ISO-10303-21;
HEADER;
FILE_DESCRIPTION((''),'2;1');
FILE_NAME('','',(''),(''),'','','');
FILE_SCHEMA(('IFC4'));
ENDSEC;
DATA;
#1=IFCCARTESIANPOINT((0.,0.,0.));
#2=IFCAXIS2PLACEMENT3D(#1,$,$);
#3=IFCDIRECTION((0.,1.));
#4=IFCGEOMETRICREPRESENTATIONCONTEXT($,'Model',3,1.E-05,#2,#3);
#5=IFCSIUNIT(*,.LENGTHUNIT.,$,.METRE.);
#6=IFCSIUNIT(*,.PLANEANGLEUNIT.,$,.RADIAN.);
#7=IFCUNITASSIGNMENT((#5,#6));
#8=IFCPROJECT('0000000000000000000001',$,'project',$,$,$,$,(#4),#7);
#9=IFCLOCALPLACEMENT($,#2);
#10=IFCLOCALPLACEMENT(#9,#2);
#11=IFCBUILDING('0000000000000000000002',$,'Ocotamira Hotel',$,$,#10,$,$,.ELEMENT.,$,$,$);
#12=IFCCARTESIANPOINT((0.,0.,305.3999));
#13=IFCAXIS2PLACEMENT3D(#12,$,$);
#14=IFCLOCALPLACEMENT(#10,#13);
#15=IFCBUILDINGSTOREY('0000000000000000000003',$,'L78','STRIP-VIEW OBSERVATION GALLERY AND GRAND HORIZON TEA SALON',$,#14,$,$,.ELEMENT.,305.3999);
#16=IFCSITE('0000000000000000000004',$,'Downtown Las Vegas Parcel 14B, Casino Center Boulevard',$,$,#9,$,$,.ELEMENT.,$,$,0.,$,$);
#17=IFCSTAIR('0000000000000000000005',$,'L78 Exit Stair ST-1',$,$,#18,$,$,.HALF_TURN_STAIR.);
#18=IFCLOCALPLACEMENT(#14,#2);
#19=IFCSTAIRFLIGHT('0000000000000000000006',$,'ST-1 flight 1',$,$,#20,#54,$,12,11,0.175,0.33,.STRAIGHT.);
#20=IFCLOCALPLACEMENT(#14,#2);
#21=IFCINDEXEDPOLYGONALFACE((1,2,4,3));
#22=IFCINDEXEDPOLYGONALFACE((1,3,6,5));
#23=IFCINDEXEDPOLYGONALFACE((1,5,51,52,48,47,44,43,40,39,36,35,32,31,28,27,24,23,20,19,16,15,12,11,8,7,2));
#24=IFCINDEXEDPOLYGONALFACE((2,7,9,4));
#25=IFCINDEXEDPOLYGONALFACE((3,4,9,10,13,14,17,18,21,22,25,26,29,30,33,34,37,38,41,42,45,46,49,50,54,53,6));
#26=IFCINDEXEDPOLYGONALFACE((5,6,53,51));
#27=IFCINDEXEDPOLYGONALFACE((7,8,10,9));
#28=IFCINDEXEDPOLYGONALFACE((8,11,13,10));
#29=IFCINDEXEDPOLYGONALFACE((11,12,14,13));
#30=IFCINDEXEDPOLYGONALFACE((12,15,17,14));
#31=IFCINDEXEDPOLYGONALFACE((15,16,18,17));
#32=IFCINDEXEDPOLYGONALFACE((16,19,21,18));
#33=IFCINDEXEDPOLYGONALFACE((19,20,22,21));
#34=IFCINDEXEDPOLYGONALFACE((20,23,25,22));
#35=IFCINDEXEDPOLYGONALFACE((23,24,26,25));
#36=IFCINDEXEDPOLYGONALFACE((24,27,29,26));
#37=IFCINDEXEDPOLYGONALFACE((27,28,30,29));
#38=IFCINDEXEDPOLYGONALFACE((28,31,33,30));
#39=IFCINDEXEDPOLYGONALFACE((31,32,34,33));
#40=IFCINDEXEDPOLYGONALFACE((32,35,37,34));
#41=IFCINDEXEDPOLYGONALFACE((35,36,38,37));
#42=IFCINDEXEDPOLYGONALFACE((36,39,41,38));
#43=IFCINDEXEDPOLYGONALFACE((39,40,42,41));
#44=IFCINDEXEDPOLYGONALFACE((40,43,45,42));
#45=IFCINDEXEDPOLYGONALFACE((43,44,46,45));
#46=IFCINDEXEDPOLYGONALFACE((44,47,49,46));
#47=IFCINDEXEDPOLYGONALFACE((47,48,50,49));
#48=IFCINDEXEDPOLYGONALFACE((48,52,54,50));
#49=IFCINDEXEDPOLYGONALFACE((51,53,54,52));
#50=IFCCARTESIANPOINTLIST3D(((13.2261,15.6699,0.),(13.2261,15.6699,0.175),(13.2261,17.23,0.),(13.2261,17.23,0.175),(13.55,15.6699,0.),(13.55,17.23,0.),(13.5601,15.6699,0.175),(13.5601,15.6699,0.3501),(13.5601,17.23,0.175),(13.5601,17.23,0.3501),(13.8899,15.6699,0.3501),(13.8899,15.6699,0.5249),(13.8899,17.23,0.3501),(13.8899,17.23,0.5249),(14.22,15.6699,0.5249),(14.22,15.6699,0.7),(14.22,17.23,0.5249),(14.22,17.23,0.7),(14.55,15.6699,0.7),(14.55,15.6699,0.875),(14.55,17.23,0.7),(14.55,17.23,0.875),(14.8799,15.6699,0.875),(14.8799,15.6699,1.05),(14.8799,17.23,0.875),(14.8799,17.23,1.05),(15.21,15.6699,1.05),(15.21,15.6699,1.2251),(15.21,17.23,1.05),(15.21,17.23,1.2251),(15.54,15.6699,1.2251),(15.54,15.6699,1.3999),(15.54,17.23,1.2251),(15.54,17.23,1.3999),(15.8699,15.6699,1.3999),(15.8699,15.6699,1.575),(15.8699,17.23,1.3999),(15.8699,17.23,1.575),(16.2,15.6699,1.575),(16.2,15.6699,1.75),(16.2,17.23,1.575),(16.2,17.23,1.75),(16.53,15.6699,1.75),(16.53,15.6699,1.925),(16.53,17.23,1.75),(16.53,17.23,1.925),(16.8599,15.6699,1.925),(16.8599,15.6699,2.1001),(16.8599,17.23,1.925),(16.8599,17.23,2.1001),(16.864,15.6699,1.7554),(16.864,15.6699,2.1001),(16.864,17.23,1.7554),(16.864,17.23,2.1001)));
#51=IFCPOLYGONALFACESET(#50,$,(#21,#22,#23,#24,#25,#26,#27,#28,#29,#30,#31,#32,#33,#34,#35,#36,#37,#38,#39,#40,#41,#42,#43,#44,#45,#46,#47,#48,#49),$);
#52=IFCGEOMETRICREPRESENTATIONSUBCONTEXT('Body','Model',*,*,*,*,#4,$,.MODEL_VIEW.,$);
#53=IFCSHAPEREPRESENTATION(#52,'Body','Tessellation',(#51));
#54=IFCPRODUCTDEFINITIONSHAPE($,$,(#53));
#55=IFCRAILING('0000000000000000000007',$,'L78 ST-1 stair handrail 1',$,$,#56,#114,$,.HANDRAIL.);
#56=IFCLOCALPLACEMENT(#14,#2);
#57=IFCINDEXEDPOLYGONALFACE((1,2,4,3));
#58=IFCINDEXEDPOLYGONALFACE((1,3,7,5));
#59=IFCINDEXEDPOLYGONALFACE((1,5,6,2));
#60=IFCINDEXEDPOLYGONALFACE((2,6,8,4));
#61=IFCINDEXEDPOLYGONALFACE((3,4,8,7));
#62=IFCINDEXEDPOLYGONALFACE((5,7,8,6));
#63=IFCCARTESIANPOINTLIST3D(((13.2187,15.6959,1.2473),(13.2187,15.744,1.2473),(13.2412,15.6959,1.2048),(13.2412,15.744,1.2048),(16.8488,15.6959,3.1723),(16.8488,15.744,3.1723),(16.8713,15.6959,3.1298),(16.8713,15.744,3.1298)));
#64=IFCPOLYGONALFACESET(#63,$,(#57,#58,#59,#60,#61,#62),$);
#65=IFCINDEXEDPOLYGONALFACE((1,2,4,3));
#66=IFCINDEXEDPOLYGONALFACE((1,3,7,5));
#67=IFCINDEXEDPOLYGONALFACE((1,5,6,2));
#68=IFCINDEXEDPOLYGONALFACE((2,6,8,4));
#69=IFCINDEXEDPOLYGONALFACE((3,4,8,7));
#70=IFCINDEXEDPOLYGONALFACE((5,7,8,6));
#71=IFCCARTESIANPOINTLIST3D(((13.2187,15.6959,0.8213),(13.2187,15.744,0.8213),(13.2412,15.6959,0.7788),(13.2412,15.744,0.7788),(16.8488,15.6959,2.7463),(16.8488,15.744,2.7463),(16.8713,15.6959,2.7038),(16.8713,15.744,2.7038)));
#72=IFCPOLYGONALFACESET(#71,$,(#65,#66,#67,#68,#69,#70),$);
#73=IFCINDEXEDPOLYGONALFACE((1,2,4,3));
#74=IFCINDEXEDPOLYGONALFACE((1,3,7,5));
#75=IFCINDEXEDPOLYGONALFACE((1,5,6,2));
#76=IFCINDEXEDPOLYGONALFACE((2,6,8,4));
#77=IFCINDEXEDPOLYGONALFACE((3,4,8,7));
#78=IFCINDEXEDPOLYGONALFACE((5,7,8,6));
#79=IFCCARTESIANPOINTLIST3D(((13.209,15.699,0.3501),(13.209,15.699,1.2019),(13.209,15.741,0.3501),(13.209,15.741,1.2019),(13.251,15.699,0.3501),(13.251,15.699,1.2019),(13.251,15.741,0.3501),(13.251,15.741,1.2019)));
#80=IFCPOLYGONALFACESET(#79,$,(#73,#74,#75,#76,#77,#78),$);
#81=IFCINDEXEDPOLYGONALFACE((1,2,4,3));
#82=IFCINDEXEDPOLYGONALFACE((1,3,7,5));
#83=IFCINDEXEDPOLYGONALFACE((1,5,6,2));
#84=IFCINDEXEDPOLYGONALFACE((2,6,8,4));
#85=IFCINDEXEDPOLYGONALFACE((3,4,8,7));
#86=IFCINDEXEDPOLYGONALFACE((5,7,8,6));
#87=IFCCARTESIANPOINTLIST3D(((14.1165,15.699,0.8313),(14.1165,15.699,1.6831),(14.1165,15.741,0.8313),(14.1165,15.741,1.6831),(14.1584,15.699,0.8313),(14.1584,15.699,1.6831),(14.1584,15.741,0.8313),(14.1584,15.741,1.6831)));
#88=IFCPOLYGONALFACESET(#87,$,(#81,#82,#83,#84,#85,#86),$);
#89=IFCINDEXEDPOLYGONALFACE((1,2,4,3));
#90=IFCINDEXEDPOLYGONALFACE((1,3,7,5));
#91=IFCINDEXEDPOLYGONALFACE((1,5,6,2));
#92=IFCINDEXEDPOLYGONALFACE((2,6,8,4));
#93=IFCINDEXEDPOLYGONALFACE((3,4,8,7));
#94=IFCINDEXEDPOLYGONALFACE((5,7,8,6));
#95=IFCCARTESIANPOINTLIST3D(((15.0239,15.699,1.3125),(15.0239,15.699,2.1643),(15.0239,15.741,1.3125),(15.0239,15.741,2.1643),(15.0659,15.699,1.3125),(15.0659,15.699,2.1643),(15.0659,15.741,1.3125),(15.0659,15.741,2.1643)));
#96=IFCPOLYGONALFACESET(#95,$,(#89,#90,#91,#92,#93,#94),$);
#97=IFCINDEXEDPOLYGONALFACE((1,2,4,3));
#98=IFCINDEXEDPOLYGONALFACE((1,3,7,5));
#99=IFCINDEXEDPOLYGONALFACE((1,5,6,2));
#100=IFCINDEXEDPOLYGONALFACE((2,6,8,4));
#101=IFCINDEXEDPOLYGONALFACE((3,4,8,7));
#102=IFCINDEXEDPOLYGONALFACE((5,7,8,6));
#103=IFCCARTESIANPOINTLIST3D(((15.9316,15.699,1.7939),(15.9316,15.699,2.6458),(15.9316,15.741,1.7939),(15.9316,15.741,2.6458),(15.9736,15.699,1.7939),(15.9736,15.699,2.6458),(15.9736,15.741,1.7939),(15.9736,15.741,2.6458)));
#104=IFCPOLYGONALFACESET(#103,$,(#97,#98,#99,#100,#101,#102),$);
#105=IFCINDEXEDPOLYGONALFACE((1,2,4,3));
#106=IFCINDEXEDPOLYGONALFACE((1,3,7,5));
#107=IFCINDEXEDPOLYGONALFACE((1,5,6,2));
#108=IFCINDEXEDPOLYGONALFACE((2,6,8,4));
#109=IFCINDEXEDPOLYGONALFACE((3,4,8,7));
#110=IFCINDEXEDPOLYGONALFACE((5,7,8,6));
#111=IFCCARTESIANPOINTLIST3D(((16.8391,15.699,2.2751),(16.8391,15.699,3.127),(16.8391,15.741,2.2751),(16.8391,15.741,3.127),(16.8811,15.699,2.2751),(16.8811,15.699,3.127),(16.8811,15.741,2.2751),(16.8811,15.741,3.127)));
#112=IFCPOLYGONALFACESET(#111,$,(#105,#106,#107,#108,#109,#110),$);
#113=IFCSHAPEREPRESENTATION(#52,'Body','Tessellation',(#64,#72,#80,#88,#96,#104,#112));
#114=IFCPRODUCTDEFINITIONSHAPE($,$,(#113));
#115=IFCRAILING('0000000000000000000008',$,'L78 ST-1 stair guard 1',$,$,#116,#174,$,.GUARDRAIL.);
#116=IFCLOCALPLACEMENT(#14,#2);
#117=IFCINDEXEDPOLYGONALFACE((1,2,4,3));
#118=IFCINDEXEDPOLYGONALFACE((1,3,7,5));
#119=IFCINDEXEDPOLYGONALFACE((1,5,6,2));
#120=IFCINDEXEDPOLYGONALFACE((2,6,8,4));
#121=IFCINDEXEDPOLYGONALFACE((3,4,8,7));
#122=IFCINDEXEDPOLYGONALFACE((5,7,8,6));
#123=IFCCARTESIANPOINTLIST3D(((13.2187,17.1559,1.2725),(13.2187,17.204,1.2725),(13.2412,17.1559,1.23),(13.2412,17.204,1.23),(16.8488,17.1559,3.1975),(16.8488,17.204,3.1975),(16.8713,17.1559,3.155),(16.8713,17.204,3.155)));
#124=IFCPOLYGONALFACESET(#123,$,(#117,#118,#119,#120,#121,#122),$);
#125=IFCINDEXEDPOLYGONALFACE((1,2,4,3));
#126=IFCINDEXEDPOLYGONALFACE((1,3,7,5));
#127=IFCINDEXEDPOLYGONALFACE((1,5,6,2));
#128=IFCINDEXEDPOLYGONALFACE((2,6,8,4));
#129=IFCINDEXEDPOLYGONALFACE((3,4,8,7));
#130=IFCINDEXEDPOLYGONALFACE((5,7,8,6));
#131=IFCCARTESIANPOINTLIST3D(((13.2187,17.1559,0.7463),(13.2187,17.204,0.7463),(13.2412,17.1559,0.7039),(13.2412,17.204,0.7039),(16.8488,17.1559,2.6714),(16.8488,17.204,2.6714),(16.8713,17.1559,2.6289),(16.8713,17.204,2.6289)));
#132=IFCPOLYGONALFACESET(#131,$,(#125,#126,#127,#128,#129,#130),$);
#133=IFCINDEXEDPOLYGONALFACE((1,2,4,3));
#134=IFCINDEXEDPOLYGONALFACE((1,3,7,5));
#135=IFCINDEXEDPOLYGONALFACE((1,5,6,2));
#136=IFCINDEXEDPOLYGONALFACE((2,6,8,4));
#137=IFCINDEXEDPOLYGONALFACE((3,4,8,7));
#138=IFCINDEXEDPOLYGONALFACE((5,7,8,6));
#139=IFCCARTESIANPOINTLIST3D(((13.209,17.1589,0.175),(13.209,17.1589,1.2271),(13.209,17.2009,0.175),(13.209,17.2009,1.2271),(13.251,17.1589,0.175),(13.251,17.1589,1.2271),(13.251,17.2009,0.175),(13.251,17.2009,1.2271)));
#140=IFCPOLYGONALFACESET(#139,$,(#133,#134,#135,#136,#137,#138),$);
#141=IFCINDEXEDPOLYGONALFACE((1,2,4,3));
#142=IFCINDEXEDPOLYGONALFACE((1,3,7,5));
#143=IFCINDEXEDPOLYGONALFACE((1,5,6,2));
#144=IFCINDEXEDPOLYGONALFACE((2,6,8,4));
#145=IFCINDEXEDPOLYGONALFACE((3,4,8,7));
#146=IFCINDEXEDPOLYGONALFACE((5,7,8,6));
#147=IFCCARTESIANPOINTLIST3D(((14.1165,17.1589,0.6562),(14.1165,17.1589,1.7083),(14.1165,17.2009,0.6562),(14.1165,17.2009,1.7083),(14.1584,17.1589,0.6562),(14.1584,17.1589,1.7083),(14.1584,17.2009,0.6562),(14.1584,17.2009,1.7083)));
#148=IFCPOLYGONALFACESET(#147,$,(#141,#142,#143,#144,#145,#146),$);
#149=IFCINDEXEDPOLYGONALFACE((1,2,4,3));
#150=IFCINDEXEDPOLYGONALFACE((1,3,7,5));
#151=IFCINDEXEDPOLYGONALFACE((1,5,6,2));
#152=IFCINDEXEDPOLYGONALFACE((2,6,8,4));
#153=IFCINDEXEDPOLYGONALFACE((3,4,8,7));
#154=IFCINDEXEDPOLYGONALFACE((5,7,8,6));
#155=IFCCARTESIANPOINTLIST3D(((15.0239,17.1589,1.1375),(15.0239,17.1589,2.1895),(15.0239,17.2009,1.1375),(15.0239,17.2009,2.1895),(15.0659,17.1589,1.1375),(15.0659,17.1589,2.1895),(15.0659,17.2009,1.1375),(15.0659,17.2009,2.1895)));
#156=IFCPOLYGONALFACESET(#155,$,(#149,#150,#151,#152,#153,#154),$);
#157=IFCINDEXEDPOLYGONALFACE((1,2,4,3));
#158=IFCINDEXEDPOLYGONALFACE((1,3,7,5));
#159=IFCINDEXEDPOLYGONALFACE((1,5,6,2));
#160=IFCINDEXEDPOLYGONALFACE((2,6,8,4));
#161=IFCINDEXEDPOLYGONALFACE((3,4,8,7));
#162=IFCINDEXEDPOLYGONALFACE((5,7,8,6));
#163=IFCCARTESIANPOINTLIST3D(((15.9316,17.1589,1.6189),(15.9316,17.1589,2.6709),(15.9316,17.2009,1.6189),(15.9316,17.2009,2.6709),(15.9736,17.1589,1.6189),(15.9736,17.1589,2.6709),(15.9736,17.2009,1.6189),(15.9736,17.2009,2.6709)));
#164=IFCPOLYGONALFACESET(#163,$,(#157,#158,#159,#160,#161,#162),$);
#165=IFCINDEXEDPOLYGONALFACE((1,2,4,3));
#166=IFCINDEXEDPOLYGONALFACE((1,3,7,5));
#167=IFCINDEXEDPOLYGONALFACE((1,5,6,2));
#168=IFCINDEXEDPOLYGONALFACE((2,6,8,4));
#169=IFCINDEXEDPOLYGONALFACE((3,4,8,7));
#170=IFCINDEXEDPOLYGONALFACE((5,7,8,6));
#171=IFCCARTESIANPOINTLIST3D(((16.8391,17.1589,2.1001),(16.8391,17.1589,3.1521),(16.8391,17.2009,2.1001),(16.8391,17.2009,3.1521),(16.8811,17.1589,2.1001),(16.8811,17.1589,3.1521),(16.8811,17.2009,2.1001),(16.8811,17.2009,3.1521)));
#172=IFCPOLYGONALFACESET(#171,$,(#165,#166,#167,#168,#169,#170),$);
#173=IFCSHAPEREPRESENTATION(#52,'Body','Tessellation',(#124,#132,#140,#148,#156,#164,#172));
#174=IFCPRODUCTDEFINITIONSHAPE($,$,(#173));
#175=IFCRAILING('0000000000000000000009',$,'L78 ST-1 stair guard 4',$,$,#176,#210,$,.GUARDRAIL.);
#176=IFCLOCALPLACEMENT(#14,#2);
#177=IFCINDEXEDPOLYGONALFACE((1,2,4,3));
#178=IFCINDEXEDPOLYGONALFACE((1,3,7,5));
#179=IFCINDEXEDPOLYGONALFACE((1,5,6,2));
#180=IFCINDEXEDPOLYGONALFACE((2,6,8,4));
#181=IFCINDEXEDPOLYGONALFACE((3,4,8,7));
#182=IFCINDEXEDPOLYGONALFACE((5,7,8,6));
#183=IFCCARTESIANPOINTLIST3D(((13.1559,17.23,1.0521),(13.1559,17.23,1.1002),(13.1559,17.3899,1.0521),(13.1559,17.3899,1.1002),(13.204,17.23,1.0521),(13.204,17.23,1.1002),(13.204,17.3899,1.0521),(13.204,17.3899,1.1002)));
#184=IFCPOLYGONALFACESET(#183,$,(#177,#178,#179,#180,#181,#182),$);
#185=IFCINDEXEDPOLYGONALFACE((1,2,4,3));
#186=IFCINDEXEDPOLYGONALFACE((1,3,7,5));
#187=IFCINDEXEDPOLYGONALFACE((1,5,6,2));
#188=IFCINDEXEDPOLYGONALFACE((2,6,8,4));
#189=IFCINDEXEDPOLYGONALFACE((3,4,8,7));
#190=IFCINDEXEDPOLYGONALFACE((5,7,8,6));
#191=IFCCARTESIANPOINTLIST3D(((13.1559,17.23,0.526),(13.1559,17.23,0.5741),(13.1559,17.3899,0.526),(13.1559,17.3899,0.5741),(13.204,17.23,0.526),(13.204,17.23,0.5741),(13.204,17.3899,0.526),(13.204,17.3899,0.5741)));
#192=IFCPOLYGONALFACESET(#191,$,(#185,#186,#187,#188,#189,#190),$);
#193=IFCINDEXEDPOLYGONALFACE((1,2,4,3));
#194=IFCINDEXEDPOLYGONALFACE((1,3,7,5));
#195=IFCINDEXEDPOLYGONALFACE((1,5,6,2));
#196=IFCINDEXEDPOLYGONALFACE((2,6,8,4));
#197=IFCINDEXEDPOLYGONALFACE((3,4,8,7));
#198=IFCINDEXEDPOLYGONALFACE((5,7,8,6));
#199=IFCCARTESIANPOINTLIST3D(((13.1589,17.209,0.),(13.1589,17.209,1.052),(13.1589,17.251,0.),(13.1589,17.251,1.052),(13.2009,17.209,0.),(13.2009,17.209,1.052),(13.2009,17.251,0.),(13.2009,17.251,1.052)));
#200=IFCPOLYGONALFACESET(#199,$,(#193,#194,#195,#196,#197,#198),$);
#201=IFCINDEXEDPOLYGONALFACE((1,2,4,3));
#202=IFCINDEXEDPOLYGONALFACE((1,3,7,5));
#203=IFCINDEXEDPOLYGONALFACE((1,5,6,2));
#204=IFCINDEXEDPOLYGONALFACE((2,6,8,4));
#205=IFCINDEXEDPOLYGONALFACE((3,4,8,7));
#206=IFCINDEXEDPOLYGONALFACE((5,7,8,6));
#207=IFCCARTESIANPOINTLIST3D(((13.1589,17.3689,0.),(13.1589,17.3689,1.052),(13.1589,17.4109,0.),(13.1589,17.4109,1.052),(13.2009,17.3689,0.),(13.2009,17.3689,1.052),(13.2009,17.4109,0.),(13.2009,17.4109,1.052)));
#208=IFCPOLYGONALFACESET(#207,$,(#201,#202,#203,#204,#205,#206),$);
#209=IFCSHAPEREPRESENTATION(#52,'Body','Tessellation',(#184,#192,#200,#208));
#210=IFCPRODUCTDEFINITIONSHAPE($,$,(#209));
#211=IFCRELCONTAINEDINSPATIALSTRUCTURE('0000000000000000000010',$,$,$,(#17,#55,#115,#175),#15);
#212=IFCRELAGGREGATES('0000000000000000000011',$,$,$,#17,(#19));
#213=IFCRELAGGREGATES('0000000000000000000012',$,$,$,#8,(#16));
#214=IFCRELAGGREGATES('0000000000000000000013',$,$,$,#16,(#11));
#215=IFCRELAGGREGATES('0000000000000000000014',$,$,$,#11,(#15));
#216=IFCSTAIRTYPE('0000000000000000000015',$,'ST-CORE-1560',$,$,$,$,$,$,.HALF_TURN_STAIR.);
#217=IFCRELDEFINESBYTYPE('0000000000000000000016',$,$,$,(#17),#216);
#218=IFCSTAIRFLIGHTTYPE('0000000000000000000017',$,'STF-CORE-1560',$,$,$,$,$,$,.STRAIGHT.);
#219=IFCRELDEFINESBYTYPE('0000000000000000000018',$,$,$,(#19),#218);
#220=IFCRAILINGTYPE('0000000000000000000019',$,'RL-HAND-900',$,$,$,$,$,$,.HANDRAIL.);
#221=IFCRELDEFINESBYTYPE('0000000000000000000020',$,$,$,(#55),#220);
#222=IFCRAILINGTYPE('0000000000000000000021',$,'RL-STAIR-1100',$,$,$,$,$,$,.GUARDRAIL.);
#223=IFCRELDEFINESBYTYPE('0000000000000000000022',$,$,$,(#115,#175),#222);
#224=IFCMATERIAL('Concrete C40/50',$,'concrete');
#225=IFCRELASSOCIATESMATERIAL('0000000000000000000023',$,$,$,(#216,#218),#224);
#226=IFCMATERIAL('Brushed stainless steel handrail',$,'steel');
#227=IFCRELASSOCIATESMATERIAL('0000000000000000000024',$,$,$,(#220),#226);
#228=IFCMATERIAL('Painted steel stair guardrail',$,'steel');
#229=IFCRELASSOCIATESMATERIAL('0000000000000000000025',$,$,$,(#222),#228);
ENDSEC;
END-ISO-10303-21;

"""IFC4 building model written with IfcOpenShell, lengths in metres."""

from ifc_helpers import new_model, si_unit, direction, frame, origin, origin_2d, place, context, subcontext, project, spatial, polyline, rectangle, outline, extrude, source, transform, mapped, material, type_object, element, aggregate, save


model = new_model("IFC4")

# Units and contexts
model_context = context("Model", 3, precision=1e-05, world=origin(), true_north=direction((0.0, 1.0)))
body_context = subcontext(model_context, "Body", "Model", "MODEL_VIEW")
ifc_project = project(units=[si_unit("LENGTHUNIT", "METRE"), si_unit("PLANEANGLEUNIT", "RADIAN")], contexts=[model_context])

# Site, building, storey
site_placement = place(None, origin())
site = spatial("IfcSite", under=ifc_project, at=site_placement, Name="Downtown Las Vegas Parcel 14B, Casino Center Boulevard", CompositionType="ELEMENT", RefElevation=0.0)
building_placement = place(site_placement, origin())
building = spatial("IfcBuilding", under=site, at=building_placement, Name="Ocotamira Hotel", CompositionType="ELEMENT")
storey_placement = place(building_placement, frame((0.0, 0.0, 305.3999)))
storey = spatial("IfcBuildingStorey", under=building, at=storey_placement, Name="L78", Description="STRIP-VIEW OBSERVATION GALLERY AND GRAND HORIZON TEA SALON", CompositionType="ELEMENT", Elevation=305.3999)

# Stair, stair flight
ifc_material_1 = material(Name="Concrete C40/50", Category="concrete")
stair_type = type_object("IfcStairType", Name="ST-CORE-1560", PredefinedType="HALF_TURN_STAIR", material=ifc_material_1)
stair_placement = place(storey_placement, origin())
stair = element("IfcStair", 1, at=stair_placement, inside=storey, type_object=stair_type, Name="L78 Exit Stair ST-1", PredefinedType="HALF_TURN_STAIR")
stair_flight_type = type_object("IfcStairFlightType", Name="STF-CORE-1560", PredefinedType="STRAIGHT", material=ifc_material_1)
shared_shape_1 = source(origin(), body_context, "Body", "SweptSolid", [
    extrude(outline(polyline([(-0.0039, 0.0), (-0.0039, 0.175), (0.3301, 0.175), (0.3301, 0.3501), (0.6599, 0.3501), (0.6599, 0.5249), (0.99, 0.5249), (0.99, 0.7), (1.3201, 0.7), (1.3201, 0.875), (1.6499, 0.875), (1.6499, 1.05), (1.98, 1.05), (1.98, 1.2251), (2.3101, 1.2251), (2.3101, 1.3999), (2.6399, 1.3999), (2.6399, 1.575), (2.97, 1.575), (2.97, 1.75), (3.3, 1.75), (3.3, 1.925), (3.6299, 1.925), (3.6299, 2.1001), (3.634, 2.1001), (3.634, 1.7554), (0.3201, 0.0), (-0.0039, 0.0)])), frame((0.0, 0.78, 0.0), z_axis=(0.0, -1.0, 0.0), x_axis=(1.0, 0.0, 0.0)), (0.0, 0.0, 1.0), 1.5601),
])
stair_flight_placement = place(storey_placement, frame((13.23, 16.45, 0.0), z_axis=(0.0, 0.0, 1.0), x_axis=(1.0, 0.0, 0.0)))
stair_flight = element("IfcStairFlight", 2, at=stair_flight_placement, type_object=stair_flight_type, Name="ST-1 flight 1", NumberOfRisers=12, NumberOfTreads=11, PredefinedType="STRAIGHT", RiserHeight=0.175, TreadLength=0.33, context=body_context, shape_type="MappedRepresentation", body=[
    mapped(shared_shape_1, transform((0.0, 0.0, 0.0), scale=1.0)),
])
aggregate(stair, [stair_flight])

# Railings
ifc_material_2 = material(Name="Brushed stainless steel handrail", Category="steel")
railing_type_1 = type_object("IfcRailingType", Name="RL-HAND-900", PredefinedType="HANDRAIL", material=ifc_material_2)
railing_1_placement = place(storey_placement, frame((13.23, 15.72, 0.3501)))
element("IfcRailing", 3, at=railing_1_placement, inside=storey, type_object=railing_type_1, Name="L78 ST-1 stair handrail 1", PredefinedType="HANDRAIL", context=body_context, shape_type="SweptSolid", body=[
    extrude(rectangle(XDim=0.0481, YDim=0.0481, at=origin_2d()), frame((0.0, 0.0, 0.876), z_axis=(0.883464, 0.0, 0.468499), x_axis=(0.0, 1.0, 0.0)), (0.0, 0.0, 1.0), 4.1089),
    extrude(rectangle(XDim=0.0481, YDim=0.0481, at=origin_2d()), frame((0.0, 0.0, 0.45), z_axis=(0.883464, 0.0, 0.468499), x_axis=(0.0, 1.0, 0.0)), (0.0, 0.0, 1.0), 4.1089),
    extrude(rectangle(XDim=0.042, YDim=0.042, at=origin_2d()), origin(), (0.0, 0.0, 1.0), 0.8518),
    extrude(rectangle(XDim=0.042, YDim=0.042, at=origin_2d()), frame((0.9075, 0.0, 0.4812)), (0.0, 0.0, 1.0), 0.8518),
    extrude(rectangle(XDim=0.042, YDim=0.042, at=origin_2d()), frame((1.8149, 0.0, 0.9624)), (0.0, 0.0, 1.0), 0.8518),
    extrude(rectangle(XDim=0.042, YDim=0.042, at=origin_2d()), frame((2.7227, 0.0, 1.4438)), (0.0, 0.0, 1.0), 0.8518),
    extrude(rectangle(XDim=0.042, YDim=0.042, at=origin_2d()), frame((3.6301, 0.0, 1.925)), (0.0, 0.0, 1.0), 0.8518),
])
ifc_material_3 = material(Name="Painted steel stair guardrail", Category="steel")
railing_type_2 = type_object("IfcRailingType", Name="RL-STAIR-1100", PredefinedType="GUARDRAIL", material=ifc_material_3)
railing_2_placement = place(storey_placement, frame((13.23, 17.1799, 0.175)))
element("IfcRailing", 4, at=railing_2_placement, inside=storey, type_object=railing_type_2, Name="L78 ST-1 stair guard 1", PredefinedType="GUARDRAIL", context=body_context, shape_type="SweptSolid", body=[
    extrude(rectangle(XDim=0.0481, YDim=0.0481, at=origin_2d()), frame((0.0, 0.0, 1.0762), z_axis=(0.883464, 0.0, 0.468499), x_axis=(0.0, 1.0, 0.0)), (0.0, 0.0, 1.0), 4.1089),
    extrude(rectangle(XDim=0.0481, YDim=0.0481, at=origin_2d()), frame((0.0, 0.0, 0.55), z_axis=(0.883464, 0.0, 0.468499), x_axis=(0.0, 1.0, 0.0)), (0.0, 0.0, 1.0), 4.1089),
    extrude(rectangle(XDim=0.042, YDim=0.042, at=origin_2d()), origin(), (0.0, 0.0, 1.0), 1.052),
    extrude(rectangle(XDim=0.042, YDim=0.042, at=origin_2d()), frame((0.9075, 0.0, 0.4812)), (0.0, 0.0, 1.0), 1.052),
    extrude(rectangle(XDim=0.042, YDim=0.042, at=origin_2d()), frame((1.8149, 0.0, 0.9624)), (0.0, 0.0, 1.0), 1.052),
    extrude(rectangle(XDim=0.042, YDim=0.042, at=origin_2d()), frame((2.7227, 0.0, 1.4438)), (0.0, 0.0, 1.0), 1.052),
    extrude(rectangle(XDim=0.042, YDim=0.042, at=origin_2d()), frame((3.6301, 0.0, 1.925)), (0.0, 0.0, 1.0), 1.052),
])
railing_3_placement = place(storey_placement, frame((13.1799, 17.23, 0.0)))
element("IfcRailing", 5, at=railing_3_placement, inside=storey, type_object=railing_type_2, Name="L78 ST-1 stair guard 4", PredefinedType="GUARDRAIL", context=body_context, shape_type="SweptSolid", body=[
    extrude(rectangle(XDim=0.0481, YDim=0.0481, at=origin_2d()), frame((0.0, 0.0, 1.0762), z_axis=(0.0, 1.0, 0.0), x_axis=(-1.0, 0.0, 0.0)), (0.0, 0.0, 1.0), 0.1599),
    extrude(rectangle(XDim=0.0481, YDim=0.0481, at=origin_2d()), frame((0.0, 0.0, 0.55), z_axis=(0.0, 1.0, 0.0), x_axis=(-1.0, 0.0, 0.0)), (0.0, 0.0, 1.0), 0.1599),
    extrude(rectangle(XDim=0.042, YDim=0.042, at=origin_2d()), origin(), (0.0, 0.0, 1.0), 1.052),
    extrude(rectangle(XDim=0.042, YDim=0.042, at=origin_2d()), frame((0.0, 0.1599, 0.0)), (0.0, 0.0, 1.0), 1.052),
])

save(model, "model.ifc")
